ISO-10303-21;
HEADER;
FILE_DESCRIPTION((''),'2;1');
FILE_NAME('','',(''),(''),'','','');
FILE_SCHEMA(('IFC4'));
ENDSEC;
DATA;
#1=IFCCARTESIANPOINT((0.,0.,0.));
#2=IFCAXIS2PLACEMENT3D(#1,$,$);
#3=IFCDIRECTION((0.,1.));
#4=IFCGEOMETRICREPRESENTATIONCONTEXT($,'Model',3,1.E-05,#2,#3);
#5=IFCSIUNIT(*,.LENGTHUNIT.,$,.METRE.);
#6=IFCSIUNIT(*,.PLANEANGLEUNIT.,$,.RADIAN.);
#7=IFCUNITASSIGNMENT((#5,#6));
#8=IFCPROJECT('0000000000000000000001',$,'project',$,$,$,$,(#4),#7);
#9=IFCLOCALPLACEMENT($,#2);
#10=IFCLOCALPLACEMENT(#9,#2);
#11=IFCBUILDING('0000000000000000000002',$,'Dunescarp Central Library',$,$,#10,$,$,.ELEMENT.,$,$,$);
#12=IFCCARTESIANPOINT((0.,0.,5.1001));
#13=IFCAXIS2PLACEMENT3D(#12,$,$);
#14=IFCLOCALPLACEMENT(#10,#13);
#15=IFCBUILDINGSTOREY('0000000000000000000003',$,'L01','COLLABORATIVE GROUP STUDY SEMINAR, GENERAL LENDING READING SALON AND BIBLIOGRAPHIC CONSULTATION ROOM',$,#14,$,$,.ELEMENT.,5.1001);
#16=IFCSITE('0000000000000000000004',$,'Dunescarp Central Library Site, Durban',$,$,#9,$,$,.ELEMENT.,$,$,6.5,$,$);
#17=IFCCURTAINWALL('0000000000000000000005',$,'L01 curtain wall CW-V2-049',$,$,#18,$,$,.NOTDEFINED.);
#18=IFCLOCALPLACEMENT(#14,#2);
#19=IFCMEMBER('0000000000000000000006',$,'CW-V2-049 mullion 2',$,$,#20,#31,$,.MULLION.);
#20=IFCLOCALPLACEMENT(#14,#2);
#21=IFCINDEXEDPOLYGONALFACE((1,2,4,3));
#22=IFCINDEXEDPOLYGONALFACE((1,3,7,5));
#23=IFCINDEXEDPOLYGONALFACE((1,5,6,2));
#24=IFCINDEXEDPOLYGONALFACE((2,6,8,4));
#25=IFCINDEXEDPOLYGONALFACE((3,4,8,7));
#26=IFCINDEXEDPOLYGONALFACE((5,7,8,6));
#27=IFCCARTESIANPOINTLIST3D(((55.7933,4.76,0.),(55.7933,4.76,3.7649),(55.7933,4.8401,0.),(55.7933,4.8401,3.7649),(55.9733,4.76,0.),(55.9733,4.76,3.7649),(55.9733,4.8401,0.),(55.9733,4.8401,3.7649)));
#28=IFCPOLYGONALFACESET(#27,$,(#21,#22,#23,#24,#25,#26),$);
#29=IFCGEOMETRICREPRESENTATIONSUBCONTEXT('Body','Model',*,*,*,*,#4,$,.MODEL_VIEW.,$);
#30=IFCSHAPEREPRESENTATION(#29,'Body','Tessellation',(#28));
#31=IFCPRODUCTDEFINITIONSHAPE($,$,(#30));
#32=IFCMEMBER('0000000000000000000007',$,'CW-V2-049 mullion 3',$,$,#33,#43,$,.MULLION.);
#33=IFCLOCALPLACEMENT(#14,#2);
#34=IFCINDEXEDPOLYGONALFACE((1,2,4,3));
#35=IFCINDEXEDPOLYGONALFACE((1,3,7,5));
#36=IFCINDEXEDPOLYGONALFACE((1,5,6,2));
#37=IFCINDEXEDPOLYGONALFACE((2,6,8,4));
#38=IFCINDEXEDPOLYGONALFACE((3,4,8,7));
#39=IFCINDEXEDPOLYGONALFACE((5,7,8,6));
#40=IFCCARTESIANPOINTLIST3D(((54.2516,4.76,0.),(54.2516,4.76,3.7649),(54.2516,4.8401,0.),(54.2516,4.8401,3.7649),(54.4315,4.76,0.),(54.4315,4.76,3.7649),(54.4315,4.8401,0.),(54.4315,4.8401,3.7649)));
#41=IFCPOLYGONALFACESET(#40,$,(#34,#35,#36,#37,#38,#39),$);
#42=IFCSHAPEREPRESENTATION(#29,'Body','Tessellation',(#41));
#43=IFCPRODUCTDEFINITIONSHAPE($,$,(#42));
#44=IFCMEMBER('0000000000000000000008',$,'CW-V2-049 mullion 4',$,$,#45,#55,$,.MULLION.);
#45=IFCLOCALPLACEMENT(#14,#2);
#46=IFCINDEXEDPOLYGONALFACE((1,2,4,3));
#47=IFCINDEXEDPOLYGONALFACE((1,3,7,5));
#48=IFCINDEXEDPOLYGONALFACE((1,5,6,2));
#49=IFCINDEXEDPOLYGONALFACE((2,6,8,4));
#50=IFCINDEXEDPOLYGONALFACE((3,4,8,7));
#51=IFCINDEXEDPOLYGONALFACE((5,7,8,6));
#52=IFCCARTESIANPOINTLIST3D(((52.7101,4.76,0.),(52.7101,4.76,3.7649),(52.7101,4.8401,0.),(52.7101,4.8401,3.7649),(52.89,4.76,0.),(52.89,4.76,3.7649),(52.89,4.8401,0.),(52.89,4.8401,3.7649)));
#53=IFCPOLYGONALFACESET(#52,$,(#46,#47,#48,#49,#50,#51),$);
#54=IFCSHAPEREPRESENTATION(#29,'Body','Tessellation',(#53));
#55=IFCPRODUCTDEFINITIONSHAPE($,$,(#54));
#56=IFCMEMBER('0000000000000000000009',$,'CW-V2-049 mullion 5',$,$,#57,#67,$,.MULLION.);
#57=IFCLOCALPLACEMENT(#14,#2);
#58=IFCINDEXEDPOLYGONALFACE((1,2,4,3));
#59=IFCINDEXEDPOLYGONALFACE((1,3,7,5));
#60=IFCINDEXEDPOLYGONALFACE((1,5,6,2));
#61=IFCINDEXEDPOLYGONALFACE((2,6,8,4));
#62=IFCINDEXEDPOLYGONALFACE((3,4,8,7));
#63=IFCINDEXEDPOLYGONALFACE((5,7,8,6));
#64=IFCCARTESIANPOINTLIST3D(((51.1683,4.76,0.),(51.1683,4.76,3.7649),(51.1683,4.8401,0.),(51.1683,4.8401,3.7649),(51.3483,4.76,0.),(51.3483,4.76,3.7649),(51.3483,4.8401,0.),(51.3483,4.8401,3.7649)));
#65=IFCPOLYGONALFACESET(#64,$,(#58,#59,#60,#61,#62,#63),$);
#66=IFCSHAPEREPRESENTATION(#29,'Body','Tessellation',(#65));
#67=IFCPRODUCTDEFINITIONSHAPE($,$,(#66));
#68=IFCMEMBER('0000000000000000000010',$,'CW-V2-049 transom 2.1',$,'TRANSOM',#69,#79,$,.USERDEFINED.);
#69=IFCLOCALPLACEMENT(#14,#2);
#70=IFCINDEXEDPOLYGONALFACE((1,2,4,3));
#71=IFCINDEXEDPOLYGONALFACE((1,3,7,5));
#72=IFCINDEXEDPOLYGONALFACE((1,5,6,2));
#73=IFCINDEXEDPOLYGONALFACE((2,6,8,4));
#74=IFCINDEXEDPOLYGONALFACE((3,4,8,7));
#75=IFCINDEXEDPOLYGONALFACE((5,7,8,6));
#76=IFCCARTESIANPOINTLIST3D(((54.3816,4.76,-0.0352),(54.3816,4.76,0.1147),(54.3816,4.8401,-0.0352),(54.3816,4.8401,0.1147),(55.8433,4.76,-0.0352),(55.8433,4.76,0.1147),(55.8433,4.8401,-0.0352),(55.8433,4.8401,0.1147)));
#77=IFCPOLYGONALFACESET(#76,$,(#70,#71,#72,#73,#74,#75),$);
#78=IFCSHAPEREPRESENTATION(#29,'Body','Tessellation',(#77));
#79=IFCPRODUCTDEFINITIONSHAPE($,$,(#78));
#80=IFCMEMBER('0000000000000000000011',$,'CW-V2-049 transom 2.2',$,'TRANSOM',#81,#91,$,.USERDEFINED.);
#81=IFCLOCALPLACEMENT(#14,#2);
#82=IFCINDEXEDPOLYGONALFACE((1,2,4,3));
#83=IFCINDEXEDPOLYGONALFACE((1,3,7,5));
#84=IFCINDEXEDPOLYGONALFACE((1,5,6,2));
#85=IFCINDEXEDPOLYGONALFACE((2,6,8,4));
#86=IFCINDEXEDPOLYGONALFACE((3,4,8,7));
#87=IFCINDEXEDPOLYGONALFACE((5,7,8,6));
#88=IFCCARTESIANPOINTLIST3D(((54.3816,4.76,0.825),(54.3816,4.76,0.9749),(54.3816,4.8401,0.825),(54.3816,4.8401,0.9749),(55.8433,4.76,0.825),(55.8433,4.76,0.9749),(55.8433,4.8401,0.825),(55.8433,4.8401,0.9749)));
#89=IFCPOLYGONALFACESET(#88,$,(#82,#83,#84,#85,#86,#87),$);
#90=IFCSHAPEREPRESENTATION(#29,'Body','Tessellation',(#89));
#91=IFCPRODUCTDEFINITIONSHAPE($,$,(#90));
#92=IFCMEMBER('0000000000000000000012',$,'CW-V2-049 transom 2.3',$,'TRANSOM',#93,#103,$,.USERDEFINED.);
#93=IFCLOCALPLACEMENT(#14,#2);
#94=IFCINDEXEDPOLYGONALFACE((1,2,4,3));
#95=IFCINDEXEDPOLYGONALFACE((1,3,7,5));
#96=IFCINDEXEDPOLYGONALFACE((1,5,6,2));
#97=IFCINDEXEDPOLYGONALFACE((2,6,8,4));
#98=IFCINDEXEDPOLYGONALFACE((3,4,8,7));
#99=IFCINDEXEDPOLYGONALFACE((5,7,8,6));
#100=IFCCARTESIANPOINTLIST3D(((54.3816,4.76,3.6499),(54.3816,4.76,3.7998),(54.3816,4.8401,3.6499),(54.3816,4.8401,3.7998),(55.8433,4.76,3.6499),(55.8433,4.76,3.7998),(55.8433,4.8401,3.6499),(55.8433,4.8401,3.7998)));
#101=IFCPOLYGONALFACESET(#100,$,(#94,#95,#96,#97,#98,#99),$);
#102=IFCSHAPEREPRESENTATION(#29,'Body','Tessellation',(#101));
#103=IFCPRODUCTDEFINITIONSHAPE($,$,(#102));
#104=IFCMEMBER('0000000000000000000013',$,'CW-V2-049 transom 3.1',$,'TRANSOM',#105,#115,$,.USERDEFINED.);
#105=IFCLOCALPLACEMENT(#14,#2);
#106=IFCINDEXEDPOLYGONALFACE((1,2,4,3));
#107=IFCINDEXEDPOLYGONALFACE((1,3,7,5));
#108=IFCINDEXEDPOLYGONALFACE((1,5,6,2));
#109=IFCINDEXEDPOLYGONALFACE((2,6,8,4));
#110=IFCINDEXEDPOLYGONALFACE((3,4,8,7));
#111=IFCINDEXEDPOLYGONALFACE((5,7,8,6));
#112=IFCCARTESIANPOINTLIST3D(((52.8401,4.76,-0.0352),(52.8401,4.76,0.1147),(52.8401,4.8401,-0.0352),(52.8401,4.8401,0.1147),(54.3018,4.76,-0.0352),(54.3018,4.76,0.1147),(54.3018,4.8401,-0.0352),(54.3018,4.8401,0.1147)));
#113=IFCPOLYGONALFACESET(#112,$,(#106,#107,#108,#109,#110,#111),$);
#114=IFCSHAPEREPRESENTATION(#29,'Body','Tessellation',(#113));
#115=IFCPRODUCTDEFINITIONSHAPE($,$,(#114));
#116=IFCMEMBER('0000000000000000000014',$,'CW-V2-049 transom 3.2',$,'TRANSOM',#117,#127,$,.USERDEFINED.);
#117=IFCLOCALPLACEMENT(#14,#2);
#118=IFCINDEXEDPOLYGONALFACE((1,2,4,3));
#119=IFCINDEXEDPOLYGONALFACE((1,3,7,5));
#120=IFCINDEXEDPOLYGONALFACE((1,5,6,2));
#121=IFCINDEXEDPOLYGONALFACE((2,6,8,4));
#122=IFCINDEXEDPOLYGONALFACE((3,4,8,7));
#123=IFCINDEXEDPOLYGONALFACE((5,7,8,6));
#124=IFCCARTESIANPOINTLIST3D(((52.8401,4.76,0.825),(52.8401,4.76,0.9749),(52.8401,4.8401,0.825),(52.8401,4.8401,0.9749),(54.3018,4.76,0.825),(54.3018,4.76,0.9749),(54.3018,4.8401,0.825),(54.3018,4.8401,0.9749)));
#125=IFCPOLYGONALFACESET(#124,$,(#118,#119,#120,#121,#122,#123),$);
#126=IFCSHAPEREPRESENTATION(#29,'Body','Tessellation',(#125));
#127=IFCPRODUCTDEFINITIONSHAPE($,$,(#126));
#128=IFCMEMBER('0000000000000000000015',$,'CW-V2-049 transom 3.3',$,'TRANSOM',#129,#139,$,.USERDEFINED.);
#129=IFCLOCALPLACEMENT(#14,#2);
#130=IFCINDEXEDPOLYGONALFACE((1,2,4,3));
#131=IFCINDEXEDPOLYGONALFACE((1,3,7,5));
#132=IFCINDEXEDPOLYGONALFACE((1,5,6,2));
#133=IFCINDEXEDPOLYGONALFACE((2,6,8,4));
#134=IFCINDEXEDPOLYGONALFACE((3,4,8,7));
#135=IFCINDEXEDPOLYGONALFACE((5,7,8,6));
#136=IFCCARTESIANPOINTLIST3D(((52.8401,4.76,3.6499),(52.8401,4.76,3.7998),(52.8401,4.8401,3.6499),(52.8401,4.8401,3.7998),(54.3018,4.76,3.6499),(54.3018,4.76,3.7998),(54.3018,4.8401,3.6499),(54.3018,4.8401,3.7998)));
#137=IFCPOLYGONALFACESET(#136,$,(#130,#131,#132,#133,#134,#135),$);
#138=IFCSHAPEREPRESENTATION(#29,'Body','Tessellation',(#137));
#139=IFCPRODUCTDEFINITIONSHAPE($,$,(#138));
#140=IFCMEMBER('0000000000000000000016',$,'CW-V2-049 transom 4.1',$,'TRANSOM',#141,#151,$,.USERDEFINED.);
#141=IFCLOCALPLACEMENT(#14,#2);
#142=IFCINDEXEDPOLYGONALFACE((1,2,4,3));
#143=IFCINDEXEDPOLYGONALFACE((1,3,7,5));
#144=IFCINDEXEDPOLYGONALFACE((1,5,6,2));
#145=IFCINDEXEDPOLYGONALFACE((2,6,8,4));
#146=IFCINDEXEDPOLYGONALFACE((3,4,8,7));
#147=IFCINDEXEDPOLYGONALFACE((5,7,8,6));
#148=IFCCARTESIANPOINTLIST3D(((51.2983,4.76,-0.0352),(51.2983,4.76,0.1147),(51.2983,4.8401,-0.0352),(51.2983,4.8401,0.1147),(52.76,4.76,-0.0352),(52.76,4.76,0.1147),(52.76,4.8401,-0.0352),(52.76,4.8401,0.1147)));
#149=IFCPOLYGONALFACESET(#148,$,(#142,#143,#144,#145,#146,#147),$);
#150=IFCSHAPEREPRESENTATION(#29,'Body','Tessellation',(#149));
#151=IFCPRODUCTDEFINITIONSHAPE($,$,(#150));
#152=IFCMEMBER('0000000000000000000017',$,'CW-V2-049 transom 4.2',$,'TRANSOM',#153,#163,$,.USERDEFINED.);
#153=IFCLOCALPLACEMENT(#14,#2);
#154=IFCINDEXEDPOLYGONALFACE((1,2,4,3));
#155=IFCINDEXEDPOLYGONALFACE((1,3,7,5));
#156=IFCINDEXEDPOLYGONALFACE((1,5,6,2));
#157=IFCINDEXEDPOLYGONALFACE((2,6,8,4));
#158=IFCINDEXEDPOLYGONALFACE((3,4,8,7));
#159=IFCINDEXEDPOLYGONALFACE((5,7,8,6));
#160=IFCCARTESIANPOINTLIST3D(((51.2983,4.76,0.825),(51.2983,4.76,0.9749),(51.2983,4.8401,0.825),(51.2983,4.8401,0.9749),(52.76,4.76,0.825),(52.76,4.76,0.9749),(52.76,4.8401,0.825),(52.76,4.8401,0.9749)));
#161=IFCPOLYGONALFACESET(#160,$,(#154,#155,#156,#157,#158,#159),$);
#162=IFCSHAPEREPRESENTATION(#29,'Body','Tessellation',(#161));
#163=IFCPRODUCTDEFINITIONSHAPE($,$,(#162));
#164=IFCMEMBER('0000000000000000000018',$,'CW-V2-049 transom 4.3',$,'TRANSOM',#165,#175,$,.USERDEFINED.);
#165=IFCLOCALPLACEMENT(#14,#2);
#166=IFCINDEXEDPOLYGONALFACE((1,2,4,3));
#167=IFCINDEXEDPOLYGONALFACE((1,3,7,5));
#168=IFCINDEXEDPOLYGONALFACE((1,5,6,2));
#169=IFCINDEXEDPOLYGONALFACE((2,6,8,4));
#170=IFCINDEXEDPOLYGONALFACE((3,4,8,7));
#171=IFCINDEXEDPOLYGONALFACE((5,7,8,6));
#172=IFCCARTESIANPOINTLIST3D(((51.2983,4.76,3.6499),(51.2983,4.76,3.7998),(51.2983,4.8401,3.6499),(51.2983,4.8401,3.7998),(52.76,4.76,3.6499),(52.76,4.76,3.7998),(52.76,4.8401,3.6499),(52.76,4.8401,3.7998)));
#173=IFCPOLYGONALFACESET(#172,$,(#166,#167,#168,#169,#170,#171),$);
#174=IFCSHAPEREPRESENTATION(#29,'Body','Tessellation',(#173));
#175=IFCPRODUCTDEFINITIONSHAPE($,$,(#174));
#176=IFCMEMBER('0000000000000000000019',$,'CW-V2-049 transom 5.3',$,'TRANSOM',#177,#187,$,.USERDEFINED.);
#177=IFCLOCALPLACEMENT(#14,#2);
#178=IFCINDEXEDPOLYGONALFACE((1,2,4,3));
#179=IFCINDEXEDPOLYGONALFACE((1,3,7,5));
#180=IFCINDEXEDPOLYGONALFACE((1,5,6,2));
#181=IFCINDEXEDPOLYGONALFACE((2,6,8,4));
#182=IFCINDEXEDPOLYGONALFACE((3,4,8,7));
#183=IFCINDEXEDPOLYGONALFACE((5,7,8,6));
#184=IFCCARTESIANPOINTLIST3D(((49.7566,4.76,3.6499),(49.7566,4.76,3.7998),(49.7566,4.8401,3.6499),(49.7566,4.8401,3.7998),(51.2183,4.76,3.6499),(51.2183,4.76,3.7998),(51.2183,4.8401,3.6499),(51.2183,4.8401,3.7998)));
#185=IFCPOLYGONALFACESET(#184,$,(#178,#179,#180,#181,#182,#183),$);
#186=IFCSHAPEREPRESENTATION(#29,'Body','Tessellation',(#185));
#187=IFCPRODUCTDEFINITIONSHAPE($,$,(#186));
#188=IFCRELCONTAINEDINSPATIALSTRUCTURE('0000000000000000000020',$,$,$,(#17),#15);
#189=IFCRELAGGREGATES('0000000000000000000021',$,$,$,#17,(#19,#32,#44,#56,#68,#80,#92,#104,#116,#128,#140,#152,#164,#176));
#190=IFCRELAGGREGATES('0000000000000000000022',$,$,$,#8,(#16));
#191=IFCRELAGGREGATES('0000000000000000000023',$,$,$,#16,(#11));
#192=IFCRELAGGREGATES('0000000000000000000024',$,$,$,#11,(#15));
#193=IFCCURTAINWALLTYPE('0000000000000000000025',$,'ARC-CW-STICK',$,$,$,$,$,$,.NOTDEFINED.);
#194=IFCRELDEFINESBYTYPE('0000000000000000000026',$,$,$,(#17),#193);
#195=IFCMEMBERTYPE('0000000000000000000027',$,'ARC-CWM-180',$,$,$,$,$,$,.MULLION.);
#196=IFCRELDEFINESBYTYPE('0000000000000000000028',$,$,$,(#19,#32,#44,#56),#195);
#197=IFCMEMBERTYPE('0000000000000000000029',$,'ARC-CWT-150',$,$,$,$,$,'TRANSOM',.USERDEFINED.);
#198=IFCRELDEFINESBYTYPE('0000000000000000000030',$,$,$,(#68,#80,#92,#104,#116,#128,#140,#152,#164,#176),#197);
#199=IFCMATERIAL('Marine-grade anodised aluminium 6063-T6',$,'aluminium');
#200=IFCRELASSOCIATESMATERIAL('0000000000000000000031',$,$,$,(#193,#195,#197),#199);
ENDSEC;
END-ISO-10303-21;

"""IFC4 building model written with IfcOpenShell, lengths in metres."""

from ifc_helpers import new_model, si_unit, direction, frame, origin, origin_2d, place, context, subcontext, project, spatial, rectangle, extrude, material, material_profile, profile_set, type_object, element, aggregate, save


model = new_model("IFC4")

# Units and contexts
model_context = context("Model", 3, precision=1e-05, world=origin(), true_north=direction((0.0, 1.0)))
body_context = subcontext(model_context, "Body", "Model", "MODEL_VIEW")
ifc_project = project(units=[si_unit("LENGTHUNIT", "METRE"), si_unit("PLANEANGLEUNIT", "RADIAN")], contexts=[model_context])

# Site, building, storey
site_placement = place(None, origin())
site = spatial("IfcSite", under=ifc_project, at=site_placement, Name="Dunescarp Central Library Site, Durban", CompositionType="ELEMENT", RefElevation=6.5)
building_placement = place(site_placement, origin())
building = spatial("IfcBuilding", under=site, at=building_placement, Name="Dunescarp Central Library", CompositionType="ELEMENT")
storey_placement = place(building_placement, frame((0.0, 0.0, 5.1001)))
storey = spatial("IfcBuildingStorey", under=building, at=storey_placement, Name="L01", Description="COLLABORATIVE GROUP STUDY SEMINAR, GENERAL LENDING READING SALON AND BIBLIOGRAPHIC CONSULTATION ROOM", CompositionType="ELEMENT", Elevation=5.1001)

# Curtain wall, members
ifc_material_1 = material(Name="Marine-grade anodised aluminium 6063-T6", Category="aluminium")
curtain_wall_type = type_object("IfcCurtainWallType", Name="ARC-CW-STICK", PredefinedType="NOTDEFINED", material=ifc_material_1)
curtain_wall_placement = place(storey_placement, origin())
curtain_wall = element("IfcCurtainWall", 1, at=curtain_wall_placement, inside=storey, type_object=curtain_wall_type, Name="L01 curtain wall CW-V2-049", PredefinedType="NOTDEFINED")
ifc_material_profile_1 = material_profile(ifc_material_1, rectangle(XDim=0.0801, YDim=0.1799, at=origin_2d()), Name="AL 80x180")
ifc_profile_set_1 = profile_set([ifc_material_profile_1], Name="Marine-grade anodised aluminium 6063-T6")
member_type_1 = type_object("IfcMemberType", Name="ARC-CWM-180", PredefinedType="MULLION", material=ifc_profile_set_1)
member_1_placement = place(storey_placement, frame((55.8833, 4.8, 0.0), z_axis=(0.0, 0.0, 1.0), x_axis=(0.0, -1.0, 0.0)))
member_1 = element("IfcMember", 2, at=member_1_placement, type_object=member_type_1, Name="CW-V2-049 mullion 2", PredefinedType="MULLION", context=body_context, shape_type="SweptSolid", body=[
    extrude(rectangle(XDim=0.0801, YDim=0.1799, at=origin_2d()), origin(), (0.0, 0.0, 1.0), 3.7649),
])
member_2_placement = place(storey_placement, frame((54.3416, 4.8, 0.0), z_axis=(0.0, 0.0, 1.0), x_axis=(0.0, -1.0, 0.0)))
member_2 = element("IfcMember", 3, at=member_2_placement, type_object=member_type_1, Name="CW-V2-049 mullion 3", PredefinedType="MULLION", context=body_context, shape_type="SweptSolid", body=[
    extrude(rectangle(XDim=0.0801, YDim=0.1799, at=origin_2d()), origin(), (0.0, 0.0, 1.0), 3.7649),
])
member_3_placement = place(storey_placement, frame((52.8, 4.8, 0.0), z_axis=(0.0, 0.0, 1.0), x_axis=(0.0, -1.0, 0.0)))
member_3 = element("IfcMember", 4, at=member_3_placement, type_object=member_type_1, Name="CW-V2-049 mullion 4", PredefinedType="MULLION", context=body_context, shape_type="SweptSolid", body=[
    extrude(rectangle(XDim=0.0801, YDim=0.1799, at=origin_2d()), origin(), (0.0, 0.0, 1.0), 3.7649),
])
member_4_placement = place(storey_placement, frame((51.2583, 4.8, 0.0), z_axis=(0.0, 0.0, 1.0), x_axis=(0.0, -1.0, 0.0)))
member_4 = element("IfcMember", 5, at=member_4_placement, type_object=member_type_1, Name="CW-V2-049 mullion 5", PredefinedType="MULLION", context=body_context, shape_type="SweptSolid", body=[
    extrude(rectangle(XDim=0.0801, YDim=0.1799, at=origin_2d()), origin(), (0.0, 0.0, 1.0), 3.7649),
])
ifc_material_profile_2 = material_profile(ifc_material_1, rectangle(XDim=0.0801, YDim=0.1499, at=origin_2d()), Name="AL 80x150")
ifc_profile_set_2 = profile_set([ifc_material_profile_2], Name="Marine-grade anodised aluminium 6063-T6")
member_type_2 = type_object("IfcMemberType", Name="ARC-CWT-150", ElementType="TRANSOM", PredefinedType="USERDEFINED", material=ifc_profile_set_2)
member_5_placement = place(storey_placement, frame((55.8433, 4.8, 0.0398), z_axis=(-1.0, 0.0, 0.0), x_axis=(0.0, -1.0, 0.0)))
member_5 = element("IfcMember", 6, at=member_5_placement, type_object=member_type_2, Name="CW-V2-049 transom 2.1", ObjectType="TRANSOM", PredefinedType="USERDEFINED", context=body_context, shape_type="SweptSolid", body=[
    extrude(rectangle(XDim=0.0801, YDim=0.1499, at=origin_2d()), origin(), (0.0, 0.0, 1.0), 1.4617),
])
member_6_placement = place(storey_placement, frame((55.8433, 4.8, 0.8999), z_axis=(-1.0, 0.0, 0.0), x_axis=(0.0, -1.0, 0.0)))
member_6 = element("IfcMember", 7, at=member_6_placement, type_object=member_type_2, Name="CW-V2-049 transom 2.2", ObjectType="TRANSOM", PredefinedType="USERDEFINED", context=body_context, shape_type="SweptSolid", body=[
    extrude(rectangle(XDim=0.0801, YDim=0.1499, at=origin_2d()), origin(), (0.0, 0.0, 1.0), 1.4617),
])
member_7_placement = place(storey_placement, frame((55.8433, 4.8, 3.7249), z_axis=(-1.0, 0.0, 0.0), x_axis=(0.0, -1.0, 0.0)))
member_7 = element("IfcMember", 8, at=member_7_placement, type_object=member_type_2, Name="CW-V2-049 transom 2.3", ObjectType="TRANSOM", PredefinedType="USERDEFINED", context=body_context, shape_type="SweptSolid", body=[
    extrude(rectangle(XDim=0.0801, YDim=0.1499, at=origin_2d()), origin(), (0.0, 0.0, 1.0), 1.4617),
])
member_8_placement = place(storey_placement, frame((54.3018, 4.8, 0.0398), z_axis=(-1.0, 0.0, 0.0), x_axis=(0.0, -1.0, 0.0)))
member_8 = element("IfcMember", 9, at=member_8_placement, type_object=member_type_2, Name="CW-V2-049 transom 3.1", ObjectType="TRANSOM", PredefinedType="USERDEFINED", context=body_context, shape_type="SweptSolid", body=[
    extrude(rectangle(XDim=0.0801, YDim=0.1499, at=origin_2d()), origin(), (0.0, 0.0, 1.0), 1.4617),
])
member_9_placement = place(storey_placement, frame((54.3018, 4.8, 0.8999), z_axis=(-1.0, 0.0, 0.0), x_axis=(0.0, -1.0, 0.0)))
member_9 = element("IfcMember", 10, at=member_9_placement, type_object=member_type_2, Name="CW-V2-049 transom 3.2", ObjectType="TRANSOM", PredefinedType="USERDEFINED", context=body_context, shape_type="SweptSolid", body=[
    extrude(rectangle(XDim=0.0801, YDim=0.1499, at=origin_2d()), origin(), (0.0, 0.0, 1.0), 1.4617),
])
member_10_placement = place(storey_placement, frame((54.3018, 4.8, 3.7249), z_axis=(-1.0, 0.0, 0.0), x_axis=(0.0, -1.0, 0.0)))
member_10 = element("IfcMember", 11, at=member_10_placement, type_object=member_type_2, Name="CW-V2-049 transom 3.3", ObjectType="TRANSOM", PredefinedType="USERDEFINED", context=body_context, shape_type="SweptSolid", body=[
    extrude(rectangle(XDim=0.0801, YDim=0.1499, at=origin_2d()), origin(), (0.0, 0.0, 1.0), 1.4617),
])
member_11_placement = place(storey_placement, frame((52.76, 4.8, 0.0398), z_axis=(-1.0, 0.0, 0.0), x_axis=(0.0, -1.0, 0.0)))
member_11 = element("IfcMember", 12, at=member_11_placement, type_object=member_type_2, Name="CW-V2-049 transom 4.1", ObjectType="TRANSOM", PredefinedType="USERDEFINED", context=body_context, shape_type="SweptSolid", body=[
    extrude(rectangle(XDim=0.0801, YDim=0.1499, at=origin_2d()), origin(), (0.0, 0.0, 1.0), 1.4617),
])
member_12_placement = place(storey_placement, frame((52.76, 4.8, 0.8999), z_axis=(-1.0, 0.0, 0.0), x_axis=(0.0, -1.0, 0.0)))
member_12 = element("IfcMember", 13, at=member_12_placement, type_object=member_type_2, Name="CW-V2-049 transom 4.2", ObjectType="TRANSOM", PredefinedType="USERDEFINED", context=body_context, shape_type="SweptSolid", body=[
    extrude(rectangle(XDim=0.0801, YDim=0.1499, at=origin_2d()), origin(), (0.0, 0.0, 1.0), 1.4617),
])
member_13_placement = place(storey_placement, frame((52.76, 4.8, 3.7249), z_axis=(-1.0, 0.0, 0.0), x_axis=(0.0, -1.0, 0.0)))
member_13 = element("IfcMember", 14, at=member_13_placement, type_object=member_type_2, Name="CW-V2-049 transom 4.3", ObjectType="TRANSOM", PredefinedType="USERDEFINED", context=body_context, shape_type="SweptSolid", body=[
    extrude(rectangle(XDim=0.0801, YDim=0.1499, at=origin_2d()), origin(), (0.0, 0.0, 1.0), 1.4617),
])
member_14_placement = place(storey_placement, frame((51.2183, 4.8, 3.7249), z_axis=(-1.0, 0.0, 0.0), x_axis=(0.0, -1.0, 0.0)))
member_14 = element("IfcMember", 15, at=member_14_placement, type_object=member_type_2, Name="CW-V2-049 transom 5.3", ObjectType="TRANSOM", PredefinedType="USERDEFINED", context=body_context, shape_type="SweptSolid", body=[
    extrude(rectangle(XDim=0.0801, YDim=0.1499, at=origin_2d()), origin(), (0.0, 0.0, 1.0), 1.4617),
])

aggregate(curtain_wall, [member_1, member_2, member_3, member_4, member_5, member_6, member_7, member_8, member_9, member_10, member_11, member_12, member_13, member_14])

save(model, "model.ifc")
